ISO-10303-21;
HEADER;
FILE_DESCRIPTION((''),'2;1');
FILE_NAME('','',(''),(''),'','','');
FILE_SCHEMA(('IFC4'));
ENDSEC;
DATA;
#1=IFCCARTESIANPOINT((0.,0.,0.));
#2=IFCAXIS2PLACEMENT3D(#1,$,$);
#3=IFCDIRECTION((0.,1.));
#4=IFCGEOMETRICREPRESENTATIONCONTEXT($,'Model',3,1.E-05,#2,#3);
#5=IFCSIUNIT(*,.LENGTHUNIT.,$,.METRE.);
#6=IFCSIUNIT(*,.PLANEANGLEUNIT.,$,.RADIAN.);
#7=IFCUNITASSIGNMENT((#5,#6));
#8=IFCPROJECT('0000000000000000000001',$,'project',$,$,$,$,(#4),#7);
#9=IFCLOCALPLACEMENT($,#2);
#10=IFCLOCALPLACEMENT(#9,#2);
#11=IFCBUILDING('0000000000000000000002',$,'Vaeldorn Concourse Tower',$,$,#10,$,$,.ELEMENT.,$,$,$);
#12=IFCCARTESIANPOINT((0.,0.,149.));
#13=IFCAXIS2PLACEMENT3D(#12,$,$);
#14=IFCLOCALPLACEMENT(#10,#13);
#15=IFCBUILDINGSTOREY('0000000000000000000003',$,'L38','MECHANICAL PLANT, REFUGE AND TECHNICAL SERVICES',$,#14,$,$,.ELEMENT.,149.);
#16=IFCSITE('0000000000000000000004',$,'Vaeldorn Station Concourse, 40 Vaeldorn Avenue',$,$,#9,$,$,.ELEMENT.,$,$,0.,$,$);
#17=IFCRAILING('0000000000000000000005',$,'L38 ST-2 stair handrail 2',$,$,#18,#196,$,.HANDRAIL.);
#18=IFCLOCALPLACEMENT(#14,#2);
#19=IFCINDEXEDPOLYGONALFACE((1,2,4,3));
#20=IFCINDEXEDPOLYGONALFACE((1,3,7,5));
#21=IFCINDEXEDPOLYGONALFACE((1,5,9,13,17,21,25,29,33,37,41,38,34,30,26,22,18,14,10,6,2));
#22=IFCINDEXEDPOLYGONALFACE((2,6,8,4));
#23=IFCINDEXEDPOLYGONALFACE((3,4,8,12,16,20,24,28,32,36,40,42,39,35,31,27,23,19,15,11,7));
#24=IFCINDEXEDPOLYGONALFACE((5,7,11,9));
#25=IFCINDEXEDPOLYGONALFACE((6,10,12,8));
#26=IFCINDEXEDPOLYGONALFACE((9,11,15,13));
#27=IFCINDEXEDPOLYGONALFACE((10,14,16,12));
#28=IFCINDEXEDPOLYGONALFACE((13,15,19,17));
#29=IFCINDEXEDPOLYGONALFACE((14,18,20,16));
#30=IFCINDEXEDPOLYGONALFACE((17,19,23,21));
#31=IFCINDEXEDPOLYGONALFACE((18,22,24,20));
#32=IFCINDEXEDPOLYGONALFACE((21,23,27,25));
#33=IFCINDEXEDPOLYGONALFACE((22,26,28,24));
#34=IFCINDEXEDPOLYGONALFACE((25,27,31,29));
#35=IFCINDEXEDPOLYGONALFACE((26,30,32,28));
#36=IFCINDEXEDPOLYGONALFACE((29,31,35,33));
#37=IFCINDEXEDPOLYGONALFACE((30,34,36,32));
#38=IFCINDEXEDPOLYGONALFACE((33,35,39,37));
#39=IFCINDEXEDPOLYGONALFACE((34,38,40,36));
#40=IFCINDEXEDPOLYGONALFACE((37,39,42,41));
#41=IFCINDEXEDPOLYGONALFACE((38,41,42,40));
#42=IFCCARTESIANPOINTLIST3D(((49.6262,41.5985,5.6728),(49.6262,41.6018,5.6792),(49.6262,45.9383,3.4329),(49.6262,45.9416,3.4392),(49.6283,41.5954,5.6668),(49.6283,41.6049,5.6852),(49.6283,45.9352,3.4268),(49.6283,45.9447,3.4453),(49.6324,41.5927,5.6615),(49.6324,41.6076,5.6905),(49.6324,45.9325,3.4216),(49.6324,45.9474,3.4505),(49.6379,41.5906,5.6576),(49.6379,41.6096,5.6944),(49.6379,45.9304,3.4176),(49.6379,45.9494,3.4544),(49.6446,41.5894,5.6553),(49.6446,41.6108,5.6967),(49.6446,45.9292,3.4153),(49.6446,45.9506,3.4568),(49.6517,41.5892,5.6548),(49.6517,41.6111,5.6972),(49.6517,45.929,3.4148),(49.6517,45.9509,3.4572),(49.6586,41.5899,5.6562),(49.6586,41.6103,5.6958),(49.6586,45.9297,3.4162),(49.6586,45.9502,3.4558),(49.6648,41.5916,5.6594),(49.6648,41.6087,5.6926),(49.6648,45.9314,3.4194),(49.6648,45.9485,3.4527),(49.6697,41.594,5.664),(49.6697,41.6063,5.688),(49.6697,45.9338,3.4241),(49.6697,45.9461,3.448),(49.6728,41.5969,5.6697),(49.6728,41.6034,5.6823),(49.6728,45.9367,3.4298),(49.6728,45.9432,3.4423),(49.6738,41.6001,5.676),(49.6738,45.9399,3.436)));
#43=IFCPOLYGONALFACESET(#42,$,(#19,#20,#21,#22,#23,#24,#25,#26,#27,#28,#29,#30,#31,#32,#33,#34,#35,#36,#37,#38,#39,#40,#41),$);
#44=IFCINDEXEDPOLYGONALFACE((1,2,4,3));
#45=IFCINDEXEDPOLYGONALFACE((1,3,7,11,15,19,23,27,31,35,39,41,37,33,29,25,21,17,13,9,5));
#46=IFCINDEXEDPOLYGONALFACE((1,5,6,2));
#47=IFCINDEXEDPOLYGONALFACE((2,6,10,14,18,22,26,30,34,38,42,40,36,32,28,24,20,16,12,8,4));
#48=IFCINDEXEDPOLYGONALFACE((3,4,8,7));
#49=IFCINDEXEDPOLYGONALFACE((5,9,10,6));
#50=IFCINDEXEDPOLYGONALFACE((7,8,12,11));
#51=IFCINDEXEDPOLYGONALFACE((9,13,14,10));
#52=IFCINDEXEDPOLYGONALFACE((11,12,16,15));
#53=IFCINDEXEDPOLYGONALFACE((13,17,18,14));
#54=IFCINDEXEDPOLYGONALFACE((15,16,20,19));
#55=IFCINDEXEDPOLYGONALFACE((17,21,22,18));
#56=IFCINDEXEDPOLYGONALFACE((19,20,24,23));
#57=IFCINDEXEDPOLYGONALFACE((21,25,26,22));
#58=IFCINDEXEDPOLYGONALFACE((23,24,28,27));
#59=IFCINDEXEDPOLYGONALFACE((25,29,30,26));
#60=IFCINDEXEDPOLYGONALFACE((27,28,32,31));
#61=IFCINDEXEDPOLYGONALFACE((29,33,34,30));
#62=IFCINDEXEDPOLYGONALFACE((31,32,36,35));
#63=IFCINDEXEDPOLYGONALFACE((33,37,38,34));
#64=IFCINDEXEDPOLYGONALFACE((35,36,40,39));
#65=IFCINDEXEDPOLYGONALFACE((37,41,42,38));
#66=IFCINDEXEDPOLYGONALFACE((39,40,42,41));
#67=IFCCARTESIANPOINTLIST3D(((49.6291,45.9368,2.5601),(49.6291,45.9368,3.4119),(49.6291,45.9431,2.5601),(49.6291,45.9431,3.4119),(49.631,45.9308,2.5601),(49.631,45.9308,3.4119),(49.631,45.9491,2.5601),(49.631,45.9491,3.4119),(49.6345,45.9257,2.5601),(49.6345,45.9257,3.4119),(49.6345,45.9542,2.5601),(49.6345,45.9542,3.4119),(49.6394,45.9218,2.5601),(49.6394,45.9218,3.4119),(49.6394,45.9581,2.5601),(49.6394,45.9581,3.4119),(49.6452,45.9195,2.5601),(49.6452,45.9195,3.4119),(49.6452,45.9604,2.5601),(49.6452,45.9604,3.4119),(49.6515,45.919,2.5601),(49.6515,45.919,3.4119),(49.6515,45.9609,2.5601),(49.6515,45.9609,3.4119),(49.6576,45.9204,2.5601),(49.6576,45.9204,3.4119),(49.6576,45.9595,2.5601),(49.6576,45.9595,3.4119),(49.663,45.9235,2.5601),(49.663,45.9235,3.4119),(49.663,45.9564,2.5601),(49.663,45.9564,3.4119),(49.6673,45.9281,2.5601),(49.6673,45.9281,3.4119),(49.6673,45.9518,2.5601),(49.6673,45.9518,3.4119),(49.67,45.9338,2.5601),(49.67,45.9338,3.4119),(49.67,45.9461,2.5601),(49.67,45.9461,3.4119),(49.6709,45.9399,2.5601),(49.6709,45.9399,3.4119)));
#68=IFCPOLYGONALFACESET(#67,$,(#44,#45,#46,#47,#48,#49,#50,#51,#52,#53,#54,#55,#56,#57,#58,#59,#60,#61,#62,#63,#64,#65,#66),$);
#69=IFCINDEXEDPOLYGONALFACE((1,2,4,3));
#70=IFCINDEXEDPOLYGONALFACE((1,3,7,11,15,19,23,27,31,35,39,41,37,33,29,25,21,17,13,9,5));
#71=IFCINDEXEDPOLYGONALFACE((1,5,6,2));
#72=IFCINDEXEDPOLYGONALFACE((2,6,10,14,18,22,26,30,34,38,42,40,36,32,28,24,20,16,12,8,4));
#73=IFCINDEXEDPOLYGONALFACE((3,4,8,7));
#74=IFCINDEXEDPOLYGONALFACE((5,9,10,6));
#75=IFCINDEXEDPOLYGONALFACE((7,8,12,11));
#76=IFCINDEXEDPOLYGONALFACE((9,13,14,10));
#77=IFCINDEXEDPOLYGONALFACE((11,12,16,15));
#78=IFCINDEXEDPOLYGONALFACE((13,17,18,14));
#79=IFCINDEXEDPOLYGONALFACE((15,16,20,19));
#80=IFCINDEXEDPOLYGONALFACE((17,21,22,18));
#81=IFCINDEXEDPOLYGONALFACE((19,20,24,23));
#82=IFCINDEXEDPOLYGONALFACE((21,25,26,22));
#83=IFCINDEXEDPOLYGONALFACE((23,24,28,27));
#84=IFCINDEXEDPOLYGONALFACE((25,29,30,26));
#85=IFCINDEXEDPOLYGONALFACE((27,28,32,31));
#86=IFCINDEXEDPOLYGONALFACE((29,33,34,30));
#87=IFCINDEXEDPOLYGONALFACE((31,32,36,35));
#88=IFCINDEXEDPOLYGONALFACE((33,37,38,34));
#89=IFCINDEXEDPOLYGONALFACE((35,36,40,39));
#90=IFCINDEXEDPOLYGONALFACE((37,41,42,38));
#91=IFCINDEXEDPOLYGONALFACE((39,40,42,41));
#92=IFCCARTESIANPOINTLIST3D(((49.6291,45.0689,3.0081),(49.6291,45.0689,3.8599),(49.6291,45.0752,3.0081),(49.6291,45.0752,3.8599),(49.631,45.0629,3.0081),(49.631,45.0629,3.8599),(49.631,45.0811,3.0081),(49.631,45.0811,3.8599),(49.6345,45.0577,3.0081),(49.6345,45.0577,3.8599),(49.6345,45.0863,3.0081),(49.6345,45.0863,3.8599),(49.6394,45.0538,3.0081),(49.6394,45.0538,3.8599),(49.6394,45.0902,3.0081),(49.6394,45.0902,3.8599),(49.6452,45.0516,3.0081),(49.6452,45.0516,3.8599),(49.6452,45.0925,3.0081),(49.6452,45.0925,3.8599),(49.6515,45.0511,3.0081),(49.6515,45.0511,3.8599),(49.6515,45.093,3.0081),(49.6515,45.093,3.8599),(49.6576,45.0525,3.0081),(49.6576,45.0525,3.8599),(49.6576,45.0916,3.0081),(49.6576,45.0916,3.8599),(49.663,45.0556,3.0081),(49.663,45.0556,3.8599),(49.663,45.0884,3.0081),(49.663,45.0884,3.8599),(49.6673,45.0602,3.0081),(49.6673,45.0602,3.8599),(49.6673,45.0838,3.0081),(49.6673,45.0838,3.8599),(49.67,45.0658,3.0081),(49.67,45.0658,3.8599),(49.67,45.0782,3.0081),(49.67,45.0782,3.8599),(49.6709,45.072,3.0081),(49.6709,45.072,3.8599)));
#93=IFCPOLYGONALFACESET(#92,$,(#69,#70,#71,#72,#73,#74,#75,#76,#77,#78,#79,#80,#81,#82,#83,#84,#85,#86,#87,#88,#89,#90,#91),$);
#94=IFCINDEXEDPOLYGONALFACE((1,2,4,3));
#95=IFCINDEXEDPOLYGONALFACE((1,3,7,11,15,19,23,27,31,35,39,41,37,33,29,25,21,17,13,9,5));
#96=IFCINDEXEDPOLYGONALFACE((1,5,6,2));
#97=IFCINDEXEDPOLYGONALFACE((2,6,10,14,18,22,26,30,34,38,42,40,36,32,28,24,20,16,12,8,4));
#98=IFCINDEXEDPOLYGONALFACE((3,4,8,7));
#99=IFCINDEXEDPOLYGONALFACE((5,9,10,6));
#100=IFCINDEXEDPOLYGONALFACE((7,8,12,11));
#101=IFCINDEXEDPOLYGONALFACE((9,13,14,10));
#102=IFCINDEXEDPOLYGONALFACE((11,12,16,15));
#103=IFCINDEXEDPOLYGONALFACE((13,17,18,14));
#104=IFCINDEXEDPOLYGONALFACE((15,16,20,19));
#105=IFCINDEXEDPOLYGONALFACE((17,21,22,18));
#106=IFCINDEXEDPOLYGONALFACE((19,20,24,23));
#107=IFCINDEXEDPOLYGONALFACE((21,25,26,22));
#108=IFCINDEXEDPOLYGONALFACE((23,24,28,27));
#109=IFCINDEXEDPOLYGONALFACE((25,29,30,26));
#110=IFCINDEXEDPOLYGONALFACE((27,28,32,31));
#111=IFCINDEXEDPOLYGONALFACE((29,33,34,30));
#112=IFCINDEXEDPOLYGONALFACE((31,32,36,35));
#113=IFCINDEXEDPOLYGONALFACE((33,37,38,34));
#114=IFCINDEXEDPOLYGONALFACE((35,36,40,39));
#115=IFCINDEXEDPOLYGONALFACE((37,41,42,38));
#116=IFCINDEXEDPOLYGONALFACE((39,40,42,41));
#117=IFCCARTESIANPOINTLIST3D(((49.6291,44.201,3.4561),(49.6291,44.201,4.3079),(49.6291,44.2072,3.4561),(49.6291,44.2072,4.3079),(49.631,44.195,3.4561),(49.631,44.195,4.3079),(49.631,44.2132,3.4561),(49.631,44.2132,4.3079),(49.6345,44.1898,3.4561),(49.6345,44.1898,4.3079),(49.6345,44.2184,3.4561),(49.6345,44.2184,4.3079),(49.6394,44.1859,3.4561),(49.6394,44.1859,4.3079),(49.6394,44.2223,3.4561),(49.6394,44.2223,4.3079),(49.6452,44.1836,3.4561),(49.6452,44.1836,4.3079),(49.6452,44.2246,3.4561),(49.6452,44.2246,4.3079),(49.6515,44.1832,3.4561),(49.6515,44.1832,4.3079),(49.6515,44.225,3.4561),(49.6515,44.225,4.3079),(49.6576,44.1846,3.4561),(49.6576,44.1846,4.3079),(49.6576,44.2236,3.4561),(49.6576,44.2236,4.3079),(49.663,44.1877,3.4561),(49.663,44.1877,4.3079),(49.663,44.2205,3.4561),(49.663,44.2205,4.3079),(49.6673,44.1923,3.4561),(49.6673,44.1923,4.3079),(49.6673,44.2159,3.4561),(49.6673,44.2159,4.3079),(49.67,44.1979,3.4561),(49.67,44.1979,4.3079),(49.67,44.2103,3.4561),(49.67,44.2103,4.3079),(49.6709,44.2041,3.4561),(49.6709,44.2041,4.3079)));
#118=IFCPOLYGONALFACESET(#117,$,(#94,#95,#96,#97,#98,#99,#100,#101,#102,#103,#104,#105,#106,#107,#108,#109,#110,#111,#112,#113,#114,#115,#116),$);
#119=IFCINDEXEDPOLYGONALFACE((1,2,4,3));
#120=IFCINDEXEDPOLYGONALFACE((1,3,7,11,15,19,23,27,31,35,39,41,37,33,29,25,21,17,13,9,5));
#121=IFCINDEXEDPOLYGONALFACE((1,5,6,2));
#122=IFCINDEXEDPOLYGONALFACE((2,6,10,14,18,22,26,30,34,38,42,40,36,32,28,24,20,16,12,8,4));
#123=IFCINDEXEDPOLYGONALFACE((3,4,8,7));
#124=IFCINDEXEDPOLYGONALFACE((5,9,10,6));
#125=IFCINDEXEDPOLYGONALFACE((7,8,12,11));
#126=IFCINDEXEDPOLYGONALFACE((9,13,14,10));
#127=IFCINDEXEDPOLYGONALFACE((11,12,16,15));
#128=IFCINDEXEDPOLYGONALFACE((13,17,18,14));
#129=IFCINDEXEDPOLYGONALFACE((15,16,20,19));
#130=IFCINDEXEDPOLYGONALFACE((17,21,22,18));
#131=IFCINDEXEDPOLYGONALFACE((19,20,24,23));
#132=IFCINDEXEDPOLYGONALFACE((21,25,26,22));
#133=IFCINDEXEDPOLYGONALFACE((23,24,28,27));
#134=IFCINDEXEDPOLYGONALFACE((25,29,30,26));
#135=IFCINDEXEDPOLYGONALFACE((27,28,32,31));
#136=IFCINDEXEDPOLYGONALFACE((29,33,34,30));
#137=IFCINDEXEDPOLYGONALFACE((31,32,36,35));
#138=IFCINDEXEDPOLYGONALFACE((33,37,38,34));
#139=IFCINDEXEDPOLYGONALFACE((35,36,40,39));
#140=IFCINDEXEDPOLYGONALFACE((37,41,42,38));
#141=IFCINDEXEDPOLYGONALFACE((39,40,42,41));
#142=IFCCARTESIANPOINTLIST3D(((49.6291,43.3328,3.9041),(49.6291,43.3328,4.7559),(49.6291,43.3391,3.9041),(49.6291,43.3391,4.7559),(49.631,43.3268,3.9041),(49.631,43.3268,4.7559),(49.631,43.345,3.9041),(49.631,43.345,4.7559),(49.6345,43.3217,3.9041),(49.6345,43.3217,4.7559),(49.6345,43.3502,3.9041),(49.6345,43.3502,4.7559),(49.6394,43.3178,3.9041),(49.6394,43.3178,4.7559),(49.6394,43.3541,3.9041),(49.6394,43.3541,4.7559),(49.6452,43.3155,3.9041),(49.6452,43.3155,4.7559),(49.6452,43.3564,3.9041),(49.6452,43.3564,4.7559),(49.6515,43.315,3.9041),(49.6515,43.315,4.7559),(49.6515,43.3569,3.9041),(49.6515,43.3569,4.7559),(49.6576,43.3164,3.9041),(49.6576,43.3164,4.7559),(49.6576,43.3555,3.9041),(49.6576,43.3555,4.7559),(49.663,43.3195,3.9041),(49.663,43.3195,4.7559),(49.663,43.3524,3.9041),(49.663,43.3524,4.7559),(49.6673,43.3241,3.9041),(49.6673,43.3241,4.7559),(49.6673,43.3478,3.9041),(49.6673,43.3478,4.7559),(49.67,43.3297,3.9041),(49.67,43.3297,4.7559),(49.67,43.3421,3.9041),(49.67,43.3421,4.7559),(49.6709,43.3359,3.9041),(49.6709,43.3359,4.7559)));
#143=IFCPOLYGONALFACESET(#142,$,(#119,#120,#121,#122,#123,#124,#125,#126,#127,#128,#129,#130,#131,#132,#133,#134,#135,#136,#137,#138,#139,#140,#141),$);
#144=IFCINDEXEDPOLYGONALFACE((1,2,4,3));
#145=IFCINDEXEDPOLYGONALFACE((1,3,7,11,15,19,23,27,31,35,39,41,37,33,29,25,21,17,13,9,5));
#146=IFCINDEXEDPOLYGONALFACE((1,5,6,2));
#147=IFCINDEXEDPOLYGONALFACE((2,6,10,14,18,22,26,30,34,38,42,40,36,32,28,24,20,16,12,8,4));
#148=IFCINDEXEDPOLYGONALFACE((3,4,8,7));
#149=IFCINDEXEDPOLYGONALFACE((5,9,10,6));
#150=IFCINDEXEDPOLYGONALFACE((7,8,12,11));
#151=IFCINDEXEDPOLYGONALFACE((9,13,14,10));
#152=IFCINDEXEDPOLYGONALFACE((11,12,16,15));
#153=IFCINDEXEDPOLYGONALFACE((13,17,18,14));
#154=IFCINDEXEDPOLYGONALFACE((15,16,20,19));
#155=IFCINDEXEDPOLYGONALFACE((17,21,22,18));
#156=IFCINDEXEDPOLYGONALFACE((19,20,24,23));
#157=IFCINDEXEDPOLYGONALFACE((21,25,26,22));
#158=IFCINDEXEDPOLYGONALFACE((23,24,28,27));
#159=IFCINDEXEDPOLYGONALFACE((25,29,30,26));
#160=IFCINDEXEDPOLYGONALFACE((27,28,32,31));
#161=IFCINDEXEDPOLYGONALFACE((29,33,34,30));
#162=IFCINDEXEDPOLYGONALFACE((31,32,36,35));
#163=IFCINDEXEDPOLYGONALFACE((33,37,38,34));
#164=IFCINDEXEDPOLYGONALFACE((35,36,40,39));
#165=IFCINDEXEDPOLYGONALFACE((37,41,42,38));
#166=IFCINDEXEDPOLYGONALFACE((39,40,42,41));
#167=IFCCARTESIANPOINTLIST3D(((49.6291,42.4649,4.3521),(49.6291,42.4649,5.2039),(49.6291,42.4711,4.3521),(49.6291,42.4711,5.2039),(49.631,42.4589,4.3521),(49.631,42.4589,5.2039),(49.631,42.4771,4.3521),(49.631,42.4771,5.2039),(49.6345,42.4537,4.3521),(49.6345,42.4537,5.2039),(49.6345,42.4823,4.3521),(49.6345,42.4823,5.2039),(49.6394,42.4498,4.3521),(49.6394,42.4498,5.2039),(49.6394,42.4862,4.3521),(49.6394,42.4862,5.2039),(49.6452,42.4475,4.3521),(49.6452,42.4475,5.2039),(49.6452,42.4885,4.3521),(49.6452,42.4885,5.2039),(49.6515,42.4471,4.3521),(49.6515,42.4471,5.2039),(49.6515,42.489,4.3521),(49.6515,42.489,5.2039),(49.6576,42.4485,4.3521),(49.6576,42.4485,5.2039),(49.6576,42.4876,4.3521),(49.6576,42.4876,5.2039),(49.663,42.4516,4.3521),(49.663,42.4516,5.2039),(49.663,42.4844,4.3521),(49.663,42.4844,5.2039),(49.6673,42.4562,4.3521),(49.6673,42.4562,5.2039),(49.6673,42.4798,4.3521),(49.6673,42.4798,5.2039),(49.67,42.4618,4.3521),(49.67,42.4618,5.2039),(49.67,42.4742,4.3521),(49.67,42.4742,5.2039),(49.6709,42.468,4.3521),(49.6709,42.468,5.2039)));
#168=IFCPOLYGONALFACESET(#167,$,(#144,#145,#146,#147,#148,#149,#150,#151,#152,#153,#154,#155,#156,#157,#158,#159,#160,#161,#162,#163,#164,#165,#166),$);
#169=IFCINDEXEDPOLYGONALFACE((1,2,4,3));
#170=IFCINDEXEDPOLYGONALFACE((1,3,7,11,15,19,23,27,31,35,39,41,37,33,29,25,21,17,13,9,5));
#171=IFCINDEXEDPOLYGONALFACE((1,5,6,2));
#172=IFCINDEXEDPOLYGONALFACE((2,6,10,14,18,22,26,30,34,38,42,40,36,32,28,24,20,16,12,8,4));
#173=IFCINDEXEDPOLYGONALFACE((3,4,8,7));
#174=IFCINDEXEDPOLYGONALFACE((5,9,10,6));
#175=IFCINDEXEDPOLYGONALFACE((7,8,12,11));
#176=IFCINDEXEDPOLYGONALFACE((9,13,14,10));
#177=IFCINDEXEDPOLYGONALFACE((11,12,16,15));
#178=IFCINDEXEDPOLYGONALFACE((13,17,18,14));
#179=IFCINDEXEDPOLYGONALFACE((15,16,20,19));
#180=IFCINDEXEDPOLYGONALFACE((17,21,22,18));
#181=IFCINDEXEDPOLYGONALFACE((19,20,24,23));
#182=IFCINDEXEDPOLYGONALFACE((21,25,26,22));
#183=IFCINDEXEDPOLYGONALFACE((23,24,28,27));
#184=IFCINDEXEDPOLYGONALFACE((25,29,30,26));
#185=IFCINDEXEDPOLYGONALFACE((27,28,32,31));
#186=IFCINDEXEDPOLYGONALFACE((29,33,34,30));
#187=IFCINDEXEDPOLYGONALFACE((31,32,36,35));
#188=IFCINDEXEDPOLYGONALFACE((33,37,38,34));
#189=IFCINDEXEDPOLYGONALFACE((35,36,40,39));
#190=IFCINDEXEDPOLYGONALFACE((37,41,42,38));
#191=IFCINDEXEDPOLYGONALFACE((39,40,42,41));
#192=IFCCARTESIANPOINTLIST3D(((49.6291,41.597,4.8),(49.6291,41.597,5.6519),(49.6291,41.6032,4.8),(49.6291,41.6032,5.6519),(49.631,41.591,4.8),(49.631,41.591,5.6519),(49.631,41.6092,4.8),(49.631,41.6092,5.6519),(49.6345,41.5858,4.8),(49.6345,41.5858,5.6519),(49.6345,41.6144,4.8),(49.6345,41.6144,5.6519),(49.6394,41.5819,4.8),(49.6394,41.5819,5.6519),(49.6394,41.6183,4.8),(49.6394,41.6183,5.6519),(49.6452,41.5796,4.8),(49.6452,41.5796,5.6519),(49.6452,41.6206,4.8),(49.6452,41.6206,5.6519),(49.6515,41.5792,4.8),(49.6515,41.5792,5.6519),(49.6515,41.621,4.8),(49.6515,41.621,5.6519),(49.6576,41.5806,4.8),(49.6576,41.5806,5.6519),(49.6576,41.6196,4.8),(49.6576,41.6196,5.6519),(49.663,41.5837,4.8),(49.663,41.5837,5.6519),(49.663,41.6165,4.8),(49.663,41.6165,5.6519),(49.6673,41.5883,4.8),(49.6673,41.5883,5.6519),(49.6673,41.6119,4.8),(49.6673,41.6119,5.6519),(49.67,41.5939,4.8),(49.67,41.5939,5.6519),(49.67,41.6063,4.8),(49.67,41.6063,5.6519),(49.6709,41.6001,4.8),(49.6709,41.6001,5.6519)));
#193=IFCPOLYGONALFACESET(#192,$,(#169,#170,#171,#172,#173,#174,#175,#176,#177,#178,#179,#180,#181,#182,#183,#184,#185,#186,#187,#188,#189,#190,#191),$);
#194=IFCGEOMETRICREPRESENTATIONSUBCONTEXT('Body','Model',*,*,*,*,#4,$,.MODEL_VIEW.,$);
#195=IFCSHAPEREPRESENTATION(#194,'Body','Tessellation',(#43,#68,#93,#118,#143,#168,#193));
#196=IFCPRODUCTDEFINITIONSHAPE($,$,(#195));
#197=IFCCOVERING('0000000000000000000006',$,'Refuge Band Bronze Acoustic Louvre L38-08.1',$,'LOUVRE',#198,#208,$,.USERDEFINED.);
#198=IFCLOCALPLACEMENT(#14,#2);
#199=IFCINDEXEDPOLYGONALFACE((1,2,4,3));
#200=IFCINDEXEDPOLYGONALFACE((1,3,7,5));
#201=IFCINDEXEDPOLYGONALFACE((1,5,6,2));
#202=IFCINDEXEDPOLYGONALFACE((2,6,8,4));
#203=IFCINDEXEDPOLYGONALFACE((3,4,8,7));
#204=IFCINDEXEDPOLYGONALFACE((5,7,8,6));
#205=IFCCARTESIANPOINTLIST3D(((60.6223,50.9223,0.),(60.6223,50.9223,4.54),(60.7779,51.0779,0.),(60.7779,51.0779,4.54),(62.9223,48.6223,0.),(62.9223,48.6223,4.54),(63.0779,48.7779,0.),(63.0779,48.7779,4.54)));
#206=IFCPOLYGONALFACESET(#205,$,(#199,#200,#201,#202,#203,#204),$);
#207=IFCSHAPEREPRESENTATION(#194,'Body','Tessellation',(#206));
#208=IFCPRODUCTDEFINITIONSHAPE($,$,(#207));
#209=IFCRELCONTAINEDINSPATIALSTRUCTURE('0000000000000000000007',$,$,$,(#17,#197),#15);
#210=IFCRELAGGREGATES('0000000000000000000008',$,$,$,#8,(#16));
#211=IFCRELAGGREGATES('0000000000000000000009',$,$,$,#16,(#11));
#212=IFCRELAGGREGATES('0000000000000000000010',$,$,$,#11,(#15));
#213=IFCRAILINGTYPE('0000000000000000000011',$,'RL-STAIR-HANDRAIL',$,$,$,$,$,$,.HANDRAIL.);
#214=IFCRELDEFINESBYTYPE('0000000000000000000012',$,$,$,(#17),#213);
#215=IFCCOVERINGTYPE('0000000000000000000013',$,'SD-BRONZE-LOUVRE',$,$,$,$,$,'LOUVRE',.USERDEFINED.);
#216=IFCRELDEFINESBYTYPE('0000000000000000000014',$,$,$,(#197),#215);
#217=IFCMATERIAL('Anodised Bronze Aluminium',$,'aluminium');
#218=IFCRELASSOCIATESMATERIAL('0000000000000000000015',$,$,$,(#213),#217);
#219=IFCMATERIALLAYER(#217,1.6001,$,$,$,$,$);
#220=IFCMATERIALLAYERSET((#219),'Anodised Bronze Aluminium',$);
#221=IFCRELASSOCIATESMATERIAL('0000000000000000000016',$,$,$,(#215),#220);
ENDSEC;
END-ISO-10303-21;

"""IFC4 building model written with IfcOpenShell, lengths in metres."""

from ifc_helpers import new_model, si_unit, direction, frame, origin, origin_2d, place, context, subcontext, project, spatial, rectangle, circle, extrude, source, transform, mapped, material, layer, layer_set, type_object, element, save


model = new_model("IFC4")

# Units and contexts
model_context = context("Model", 3, precision=1e-05, world=origin(), true_north=direction((0.0, 1.0)))
body_context = subcontext(model_context, "Body", "Model", "MODEL_VIEW")
ifc_project = project(units=[si_unit("LENGTHUNIT", "METRE"), si_unit("PLANEANGLEUNIT", "RADIAN")], contexts=[model_context])

# Site, building, storey
site_placement = place(None, origin())
site = spatial("IfcSite", under=ifc_project, at=site_placement, Name="Vaeldorn Station Concourse, 40 Vaeldorn Avenue", CompositionType="ELEMENT", RefElevation=0.0)
building_placement = place(site_placement, origin())
building = spatial("IfcBuilding", under=site, at=building_placement, Name="Vaeldorn Concourse Tower", CompositionType="ELEMENT")
storey_placement = place(building_placement, frame((0.0, 0.0, 149.0)))
storey = spatial("IfcBuildingStorey", under=building, at=storey_placement, Name="L38", Description="MECHANICAL PLANT, REFUGE AND TECHNICAL SERVICES", CompositionType="ELEMENT", Elevation=149.0)

# Railing
ifc_material_1 = material(Name="Anodised Bronze Aluminium", Category="aluminium")
railing_type_1 = type_object("IfcRailingType", Name="RL-STAIR-HANDRAIL", PredefinedType="HANDRAIL", material=ifc_material_1)
railing_1_placement = place(storey_placement, frame((49.6499, 45.9399, 2.5601)))
element("IfcRailing", 1, at=railing_1_placement, inside=storey, type_object=railing_type_1, Name="L38 ST-2 stair handrail 2", PredefinedType="HANDRAIL", context=body_context, shape_type="SweptSolid", body=[
    extrude(circle(Radius=0.0239, at=origin_2d()), frame((0.0, 0.0, 0.876), z_axis=(0.0, -0.888615, 0.458654), x_axis=(1.0, 0.0, 0.0)), (0.0, 0.0, 1.0), 4.8838),
    extrude(circle(Radius=0.021, at=origin_2d()), origin(), (0.0, 0.0, 1.0), 0.8518),
    extrude(circle(Radius=0.021, at=origin_2d()), frame((0.0, -0.8679, 0.448)), (0.0, 0.0, 1.0), 0.8518),
    extrude(circle(Radius=0.021, at=origin_2d()), frame((0.0, -1.7358, 0.896)), (0.0, 0.0, 1.0), 0.8518),
    extrude(circle(Radius=0.021, at=origin_2d()), frame((0.0, -2.604, 1.344)), (0.0, 0.0, 1.0), 0.8518),
    extrude(circle(Radius=0.021, at=origin_2d()), frame((0.0, -3.4719, 1.792)), (0.0, 0.0, 1.0), 0.8518),
    extrude(circle(Radius=0.021, at=origin_2d()), frame((0.0, -4.3398, 2.24)), (0.0, 0.0, 1.0), 0.8518),
])

# Covering
ifc_layer_1 = layer(ifc_material_1, 1.6001)
ifc_layer_set_1 = layer_set([ifc_layer_1], Name="Anodised Bronze Aluminium")
covering_type = type_object("IfcCoveringType", Name="SD-BRONZE-LOUVRE", ElementType="LOUVRE", PredefinedType="USERDEFINED", material=ifc_layer_set_1)
shared_shape_1 = source(origin(), body_context, "Body", "SweptSolid", [
    extrude(rectangle(XDim=3.2527, YDim=0.22, at=origin_2d()), origin(), (0.0, 0.0, 1.0), 4.54),
])
covering_1_placement = place(storey_placement, frame((61.8501, 49.8501, 0.0), z_axis=(0.0, 0.0, 1.0), x_axis=(-0.707107, 0.707107, 0.0)))
element("IfcCovering", 2, at=covering_1_placement, inside=storey, type_object=covering_type, Name="Refuge Band Bronze Acoustic Louvre L38-08.1", ObjectType="LOUVRE", PredefinedType="USERDEFINED", context=body_context, shape_type="MappedRepresentation", body=[
    mapped(shared_shape_1, transform((0.0, 0.0, 0.0), scale=1.0)),
])

save(model, "model.ifc")
